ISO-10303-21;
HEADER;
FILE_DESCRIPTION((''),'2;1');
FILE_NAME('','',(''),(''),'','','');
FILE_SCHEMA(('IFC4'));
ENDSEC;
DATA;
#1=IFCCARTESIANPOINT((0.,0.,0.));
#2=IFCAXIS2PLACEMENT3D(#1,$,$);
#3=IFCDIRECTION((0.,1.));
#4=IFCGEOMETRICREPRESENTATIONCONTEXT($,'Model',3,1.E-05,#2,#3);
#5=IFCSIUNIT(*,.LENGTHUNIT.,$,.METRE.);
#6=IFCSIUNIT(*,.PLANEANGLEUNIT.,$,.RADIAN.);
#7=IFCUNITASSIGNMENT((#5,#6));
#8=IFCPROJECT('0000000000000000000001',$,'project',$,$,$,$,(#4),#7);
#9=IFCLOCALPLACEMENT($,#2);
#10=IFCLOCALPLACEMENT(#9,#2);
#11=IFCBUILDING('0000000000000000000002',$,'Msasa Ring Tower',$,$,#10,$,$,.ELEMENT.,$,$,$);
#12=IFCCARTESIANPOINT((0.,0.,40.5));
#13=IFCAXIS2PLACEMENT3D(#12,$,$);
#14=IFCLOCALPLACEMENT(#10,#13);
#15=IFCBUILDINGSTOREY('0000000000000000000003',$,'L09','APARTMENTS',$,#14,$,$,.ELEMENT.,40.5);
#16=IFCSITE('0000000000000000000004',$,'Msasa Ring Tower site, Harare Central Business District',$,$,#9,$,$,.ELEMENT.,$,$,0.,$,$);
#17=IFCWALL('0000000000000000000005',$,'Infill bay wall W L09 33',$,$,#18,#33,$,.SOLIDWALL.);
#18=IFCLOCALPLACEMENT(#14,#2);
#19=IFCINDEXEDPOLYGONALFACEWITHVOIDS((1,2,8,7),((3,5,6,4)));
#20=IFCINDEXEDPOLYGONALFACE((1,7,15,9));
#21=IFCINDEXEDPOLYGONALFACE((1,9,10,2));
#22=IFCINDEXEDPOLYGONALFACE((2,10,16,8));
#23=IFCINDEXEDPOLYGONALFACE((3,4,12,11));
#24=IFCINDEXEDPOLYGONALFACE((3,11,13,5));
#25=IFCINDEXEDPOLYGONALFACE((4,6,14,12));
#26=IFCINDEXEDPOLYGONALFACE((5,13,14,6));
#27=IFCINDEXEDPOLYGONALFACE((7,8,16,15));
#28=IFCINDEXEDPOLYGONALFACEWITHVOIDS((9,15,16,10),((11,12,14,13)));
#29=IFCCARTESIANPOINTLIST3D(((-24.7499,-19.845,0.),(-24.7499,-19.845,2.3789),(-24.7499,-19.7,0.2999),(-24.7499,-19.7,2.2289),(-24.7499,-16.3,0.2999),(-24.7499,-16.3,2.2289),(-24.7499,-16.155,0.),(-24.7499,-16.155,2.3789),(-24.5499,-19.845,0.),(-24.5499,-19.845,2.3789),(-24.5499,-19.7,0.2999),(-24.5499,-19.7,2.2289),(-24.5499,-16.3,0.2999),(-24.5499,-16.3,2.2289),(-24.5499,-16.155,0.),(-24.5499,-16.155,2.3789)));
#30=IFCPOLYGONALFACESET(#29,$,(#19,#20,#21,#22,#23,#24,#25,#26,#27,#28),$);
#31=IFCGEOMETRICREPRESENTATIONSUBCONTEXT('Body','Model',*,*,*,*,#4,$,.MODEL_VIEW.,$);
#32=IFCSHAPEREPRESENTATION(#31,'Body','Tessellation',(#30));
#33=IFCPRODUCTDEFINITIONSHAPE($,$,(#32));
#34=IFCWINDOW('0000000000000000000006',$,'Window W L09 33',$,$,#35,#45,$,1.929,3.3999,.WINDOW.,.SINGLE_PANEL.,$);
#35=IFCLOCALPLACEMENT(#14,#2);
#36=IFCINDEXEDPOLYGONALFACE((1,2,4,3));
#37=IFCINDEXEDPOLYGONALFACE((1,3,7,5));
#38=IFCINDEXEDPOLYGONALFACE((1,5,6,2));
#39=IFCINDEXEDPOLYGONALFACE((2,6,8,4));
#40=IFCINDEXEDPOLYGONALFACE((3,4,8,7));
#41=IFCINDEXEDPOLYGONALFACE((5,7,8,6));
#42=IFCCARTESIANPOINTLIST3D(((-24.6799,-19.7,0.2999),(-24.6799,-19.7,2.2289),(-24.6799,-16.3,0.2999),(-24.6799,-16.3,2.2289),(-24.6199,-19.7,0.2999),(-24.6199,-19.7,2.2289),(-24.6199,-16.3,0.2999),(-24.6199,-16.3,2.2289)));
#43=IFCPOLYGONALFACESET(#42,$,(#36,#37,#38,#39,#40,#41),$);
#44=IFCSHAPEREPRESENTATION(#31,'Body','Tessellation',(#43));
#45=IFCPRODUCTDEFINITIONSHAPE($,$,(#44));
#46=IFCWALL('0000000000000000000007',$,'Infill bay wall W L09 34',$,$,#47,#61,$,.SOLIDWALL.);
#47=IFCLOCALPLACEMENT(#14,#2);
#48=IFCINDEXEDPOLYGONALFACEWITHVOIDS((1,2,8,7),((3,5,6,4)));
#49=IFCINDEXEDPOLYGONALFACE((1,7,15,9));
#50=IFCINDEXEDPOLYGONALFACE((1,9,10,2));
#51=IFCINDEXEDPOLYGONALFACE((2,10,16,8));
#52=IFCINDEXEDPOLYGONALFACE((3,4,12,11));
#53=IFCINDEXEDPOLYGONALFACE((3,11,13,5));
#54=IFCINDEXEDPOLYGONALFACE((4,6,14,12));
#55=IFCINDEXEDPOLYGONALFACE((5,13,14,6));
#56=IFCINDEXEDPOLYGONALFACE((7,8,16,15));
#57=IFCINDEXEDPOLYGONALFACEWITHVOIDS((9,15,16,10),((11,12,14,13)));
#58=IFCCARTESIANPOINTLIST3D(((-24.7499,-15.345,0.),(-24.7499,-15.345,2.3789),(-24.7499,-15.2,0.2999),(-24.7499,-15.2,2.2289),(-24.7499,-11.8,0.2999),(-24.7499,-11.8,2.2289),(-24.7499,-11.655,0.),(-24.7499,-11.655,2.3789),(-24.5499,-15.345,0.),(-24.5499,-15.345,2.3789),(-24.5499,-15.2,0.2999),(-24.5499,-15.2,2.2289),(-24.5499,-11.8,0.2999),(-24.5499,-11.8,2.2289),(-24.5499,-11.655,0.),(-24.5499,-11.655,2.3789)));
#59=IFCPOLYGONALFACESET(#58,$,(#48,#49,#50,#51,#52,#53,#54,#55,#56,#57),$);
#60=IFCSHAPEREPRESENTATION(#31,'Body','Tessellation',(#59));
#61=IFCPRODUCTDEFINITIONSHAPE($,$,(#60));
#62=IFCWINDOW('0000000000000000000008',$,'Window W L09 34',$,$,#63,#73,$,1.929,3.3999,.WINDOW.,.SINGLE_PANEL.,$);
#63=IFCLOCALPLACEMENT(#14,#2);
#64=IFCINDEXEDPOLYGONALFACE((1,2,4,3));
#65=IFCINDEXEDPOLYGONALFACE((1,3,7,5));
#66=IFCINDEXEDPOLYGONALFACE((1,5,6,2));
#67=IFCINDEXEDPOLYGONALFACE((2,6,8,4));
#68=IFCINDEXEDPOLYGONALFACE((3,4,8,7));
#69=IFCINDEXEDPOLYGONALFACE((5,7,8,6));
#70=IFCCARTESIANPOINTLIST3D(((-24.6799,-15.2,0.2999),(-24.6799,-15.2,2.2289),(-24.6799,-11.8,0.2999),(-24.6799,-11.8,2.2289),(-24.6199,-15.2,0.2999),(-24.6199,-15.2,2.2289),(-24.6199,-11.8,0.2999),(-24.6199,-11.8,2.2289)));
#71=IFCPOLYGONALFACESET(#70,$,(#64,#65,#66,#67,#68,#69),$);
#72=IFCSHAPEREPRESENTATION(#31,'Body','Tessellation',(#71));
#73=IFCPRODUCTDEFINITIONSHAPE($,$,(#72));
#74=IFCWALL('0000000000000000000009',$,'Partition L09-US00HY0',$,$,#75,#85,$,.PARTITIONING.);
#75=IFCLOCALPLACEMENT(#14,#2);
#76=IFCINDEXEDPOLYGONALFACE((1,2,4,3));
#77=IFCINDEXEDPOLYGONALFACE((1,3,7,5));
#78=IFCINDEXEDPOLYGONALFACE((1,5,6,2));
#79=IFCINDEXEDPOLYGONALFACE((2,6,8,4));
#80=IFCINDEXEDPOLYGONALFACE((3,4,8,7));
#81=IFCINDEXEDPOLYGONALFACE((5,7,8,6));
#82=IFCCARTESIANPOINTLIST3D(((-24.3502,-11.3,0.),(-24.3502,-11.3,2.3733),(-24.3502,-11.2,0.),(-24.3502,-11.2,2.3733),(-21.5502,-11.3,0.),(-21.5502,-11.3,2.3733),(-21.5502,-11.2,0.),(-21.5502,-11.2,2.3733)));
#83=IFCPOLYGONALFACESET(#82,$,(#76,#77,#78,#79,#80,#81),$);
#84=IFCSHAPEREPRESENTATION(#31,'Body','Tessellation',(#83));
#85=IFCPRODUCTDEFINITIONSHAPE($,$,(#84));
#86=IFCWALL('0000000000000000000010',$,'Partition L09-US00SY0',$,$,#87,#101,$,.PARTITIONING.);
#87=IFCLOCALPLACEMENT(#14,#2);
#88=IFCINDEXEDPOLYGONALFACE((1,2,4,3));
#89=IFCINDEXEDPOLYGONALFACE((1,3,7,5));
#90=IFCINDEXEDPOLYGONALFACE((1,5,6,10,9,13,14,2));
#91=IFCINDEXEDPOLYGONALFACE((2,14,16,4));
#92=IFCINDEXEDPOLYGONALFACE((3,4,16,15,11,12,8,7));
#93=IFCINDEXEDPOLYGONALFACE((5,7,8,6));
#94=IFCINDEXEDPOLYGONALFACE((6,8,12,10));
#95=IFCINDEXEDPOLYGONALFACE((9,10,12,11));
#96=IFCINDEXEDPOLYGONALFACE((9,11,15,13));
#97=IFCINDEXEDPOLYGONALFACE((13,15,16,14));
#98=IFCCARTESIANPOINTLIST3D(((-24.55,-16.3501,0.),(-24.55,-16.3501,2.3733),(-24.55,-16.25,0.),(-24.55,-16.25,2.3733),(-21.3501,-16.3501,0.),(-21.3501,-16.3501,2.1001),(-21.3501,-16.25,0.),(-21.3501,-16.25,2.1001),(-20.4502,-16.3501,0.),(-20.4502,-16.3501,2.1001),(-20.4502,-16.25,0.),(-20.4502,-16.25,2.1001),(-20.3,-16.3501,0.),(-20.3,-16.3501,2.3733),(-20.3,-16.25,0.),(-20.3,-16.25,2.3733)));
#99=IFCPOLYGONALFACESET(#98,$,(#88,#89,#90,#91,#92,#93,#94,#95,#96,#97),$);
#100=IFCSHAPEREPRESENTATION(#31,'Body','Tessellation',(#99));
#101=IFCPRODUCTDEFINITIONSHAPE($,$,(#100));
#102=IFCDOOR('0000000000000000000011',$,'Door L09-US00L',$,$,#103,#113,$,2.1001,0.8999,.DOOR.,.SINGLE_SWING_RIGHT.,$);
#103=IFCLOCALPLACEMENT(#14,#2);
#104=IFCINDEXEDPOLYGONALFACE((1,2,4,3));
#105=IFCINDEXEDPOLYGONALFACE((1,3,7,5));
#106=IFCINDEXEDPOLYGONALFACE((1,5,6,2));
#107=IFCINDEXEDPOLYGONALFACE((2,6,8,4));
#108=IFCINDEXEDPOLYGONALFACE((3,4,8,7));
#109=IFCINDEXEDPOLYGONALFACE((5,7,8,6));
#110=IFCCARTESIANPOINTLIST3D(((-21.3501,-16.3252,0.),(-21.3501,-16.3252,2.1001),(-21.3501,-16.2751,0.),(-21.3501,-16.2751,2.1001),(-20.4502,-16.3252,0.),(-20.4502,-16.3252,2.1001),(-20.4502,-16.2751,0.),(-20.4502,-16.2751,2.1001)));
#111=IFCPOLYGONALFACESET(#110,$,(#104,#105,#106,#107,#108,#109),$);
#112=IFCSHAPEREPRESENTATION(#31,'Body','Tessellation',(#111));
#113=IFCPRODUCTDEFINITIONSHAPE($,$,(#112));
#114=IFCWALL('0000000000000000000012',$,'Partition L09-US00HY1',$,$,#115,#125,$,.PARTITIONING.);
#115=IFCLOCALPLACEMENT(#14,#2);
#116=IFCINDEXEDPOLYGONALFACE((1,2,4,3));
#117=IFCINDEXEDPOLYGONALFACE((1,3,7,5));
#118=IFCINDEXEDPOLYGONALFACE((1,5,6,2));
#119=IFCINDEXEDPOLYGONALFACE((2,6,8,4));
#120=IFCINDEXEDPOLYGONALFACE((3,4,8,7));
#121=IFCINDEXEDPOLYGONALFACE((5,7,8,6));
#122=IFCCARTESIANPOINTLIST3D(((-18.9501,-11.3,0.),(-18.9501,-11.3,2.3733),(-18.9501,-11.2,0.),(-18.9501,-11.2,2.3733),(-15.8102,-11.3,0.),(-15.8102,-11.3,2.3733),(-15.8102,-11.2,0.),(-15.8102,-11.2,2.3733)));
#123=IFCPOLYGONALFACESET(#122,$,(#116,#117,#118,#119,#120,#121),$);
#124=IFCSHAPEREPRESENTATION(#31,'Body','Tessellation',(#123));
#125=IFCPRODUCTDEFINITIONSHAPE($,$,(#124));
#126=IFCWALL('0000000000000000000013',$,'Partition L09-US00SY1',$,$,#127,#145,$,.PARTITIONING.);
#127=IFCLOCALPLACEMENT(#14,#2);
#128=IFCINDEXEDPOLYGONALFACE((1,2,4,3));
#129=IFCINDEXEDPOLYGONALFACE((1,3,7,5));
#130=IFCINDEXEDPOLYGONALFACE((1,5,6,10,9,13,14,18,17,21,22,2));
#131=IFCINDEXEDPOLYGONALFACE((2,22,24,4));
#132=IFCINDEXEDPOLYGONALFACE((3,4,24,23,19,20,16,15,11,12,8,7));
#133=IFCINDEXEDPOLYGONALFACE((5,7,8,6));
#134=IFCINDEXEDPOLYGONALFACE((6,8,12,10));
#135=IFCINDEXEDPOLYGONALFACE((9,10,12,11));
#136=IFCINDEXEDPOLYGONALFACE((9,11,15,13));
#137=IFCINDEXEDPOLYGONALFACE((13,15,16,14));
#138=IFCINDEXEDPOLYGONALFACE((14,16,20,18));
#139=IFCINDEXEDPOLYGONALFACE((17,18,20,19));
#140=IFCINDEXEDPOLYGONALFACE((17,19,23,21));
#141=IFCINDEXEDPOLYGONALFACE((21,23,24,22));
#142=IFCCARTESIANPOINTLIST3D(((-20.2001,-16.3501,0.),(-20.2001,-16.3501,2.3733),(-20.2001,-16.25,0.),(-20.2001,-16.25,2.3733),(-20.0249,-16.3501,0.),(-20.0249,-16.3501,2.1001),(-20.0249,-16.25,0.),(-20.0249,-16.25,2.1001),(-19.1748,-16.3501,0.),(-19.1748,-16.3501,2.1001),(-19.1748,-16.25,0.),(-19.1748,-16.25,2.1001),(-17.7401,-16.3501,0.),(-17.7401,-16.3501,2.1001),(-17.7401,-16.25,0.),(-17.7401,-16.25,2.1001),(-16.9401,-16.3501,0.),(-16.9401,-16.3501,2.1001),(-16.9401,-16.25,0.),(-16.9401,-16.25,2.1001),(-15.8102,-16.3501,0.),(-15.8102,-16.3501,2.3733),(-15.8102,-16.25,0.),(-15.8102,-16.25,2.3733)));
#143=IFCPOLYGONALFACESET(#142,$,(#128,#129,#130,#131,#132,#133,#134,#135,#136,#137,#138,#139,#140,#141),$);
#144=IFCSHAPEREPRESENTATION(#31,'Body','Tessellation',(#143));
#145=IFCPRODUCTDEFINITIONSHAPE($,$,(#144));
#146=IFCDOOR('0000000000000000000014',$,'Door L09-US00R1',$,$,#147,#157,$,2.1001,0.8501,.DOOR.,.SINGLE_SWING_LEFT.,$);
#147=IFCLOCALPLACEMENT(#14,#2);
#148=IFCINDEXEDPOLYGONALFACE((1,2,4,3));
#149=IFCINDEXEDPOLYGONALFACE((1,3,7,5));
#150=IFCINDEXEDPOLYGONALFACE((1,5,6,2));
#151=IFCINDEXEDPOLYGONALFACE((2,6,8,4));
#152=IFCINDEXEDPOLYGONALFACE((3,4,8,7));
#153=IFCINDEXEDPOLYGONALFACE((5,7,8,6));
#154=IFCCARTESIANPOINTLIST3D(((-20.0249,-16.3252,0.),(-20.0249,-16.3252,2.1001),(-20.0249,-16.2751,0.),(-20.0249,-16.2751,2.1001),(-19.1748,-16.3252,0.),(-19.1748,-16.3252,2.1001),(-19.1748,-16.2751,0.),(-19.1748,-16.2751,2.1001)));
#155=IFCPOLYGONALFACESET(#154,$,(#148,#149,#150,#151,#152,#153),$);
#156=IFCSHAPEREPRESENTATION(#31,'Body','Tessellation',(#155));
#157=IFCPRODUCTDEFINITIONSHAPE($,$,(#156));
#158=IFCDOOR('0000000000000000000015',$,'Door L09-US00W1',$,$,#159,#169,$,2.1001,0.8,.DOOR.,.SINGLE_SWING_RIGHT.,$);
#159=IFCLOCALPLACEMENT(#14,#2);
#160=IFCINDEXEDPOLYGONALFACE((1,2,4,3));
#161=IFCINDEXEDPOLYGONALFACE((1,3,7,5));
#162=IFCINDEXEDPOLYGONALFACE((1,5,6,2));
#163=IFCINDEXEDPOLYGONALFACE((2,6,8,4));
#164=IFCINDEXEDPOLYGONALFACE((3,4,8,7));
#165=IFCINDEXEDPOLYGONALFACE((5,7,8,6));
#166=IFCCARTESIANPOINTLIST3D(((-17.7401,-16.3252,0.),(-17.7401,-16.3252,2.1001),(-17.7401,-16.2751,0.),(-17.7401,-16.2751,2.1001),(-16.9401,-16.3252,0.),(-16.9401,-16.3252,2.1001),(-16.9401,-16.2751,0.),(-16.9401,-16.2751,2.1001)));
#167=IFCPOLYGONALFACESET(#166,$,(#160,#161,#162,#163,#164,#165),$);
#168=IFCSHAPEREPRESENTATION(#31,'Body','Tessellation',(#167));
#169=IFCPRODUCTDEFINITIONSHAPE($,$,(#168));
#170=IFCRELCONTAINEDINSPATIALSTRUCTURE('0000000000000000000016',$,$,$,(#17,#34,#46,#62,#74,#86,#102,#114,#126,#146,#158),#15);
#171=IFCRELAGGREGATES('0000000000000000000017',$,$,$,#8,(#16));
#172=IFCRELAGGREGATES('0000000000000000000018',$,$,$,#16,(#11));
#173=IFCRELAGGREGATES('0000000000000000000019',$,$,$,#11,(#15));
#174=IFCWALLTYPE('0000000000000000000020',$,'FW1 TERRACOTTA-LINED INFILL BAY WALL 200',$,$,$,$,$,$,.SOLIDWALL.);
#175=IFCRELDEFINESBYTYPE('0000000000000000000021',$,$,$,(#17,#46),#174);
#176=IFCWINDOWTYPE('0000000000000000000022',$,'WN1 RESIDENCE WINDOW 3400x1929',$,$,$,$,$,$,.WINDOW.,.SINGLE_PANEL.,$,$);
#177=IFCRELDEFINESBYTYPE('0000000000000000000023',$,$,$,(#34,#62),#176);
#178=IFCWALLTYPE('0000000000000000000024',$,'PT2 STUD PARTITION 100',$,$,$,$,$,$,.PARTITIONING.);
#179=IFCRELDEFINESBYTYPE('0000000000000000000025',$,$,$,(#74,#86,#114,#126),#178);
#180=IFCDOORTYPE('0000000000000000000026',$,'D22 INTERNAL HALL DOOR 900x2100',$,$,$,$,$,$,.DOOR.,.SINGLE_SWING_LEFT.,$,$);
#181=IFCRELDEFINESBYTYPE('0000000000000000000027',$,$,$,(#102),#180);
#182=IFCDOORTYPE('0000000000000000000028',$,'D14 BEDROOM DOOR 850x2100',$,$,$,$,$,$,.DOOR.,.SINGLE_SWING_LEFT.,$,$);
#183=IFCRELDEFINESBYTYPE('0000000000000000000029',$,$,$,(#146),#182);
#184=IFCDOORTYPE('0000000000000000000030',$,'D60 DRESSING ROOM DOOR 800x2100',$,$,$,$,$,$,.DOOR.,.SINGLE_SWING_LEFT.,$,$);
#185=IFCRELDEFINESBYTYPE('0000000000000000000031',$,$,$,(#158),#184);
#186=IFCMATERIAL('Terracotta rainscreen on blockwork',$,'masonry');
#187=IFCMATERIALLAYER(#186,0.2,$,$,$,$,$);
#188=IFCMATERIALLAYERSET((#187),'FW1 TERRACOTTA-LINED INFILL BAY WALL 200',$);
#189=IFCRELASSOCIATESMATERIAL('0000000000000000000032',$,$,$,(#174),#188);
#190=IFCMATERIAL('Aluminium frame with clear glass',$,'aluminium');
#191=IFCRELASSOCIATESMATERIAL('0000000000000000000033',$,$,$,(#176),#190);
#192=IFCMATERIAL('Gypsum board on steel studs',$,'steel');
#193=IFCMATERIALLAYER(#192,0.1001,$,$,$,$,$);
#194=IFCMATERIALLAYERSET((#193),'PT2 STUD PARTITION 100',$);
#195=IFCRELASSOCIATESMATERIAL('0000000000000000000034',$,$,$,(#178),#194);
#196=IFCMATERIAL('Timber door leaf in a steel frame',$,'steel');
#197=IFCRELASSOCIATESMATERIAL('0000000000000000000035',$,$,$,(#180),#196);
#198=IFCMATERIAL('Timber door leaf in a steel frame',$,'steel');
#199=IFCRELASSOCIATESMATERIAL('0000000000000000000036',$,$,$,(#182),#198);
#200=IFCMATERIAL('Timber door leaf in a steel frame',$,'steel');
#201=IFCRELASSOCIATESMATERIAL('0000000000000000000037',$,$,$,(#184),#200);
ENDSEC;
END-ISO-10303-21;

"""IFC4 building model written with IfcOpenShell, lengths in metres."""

from ifc_helpers import new_model, si_unit, direction, frame, frame_2d, origin, place, context, subcontext, project, spatial, rectangle, extrude, material, layer, layer_set, type_object, element, fill, save


model = new_model("IFC4")

# Units and contexts
model_context = context("Model", 3, precision=1e-05, world=origin(), true_north=direction((0.0, 1.0)))
body_context = subcontext(model_context, "Body", "Model", "MODEL_VIEW")
ifc_project = project(units=[si_unit("LENGTHUNIT", "METRE"), si_unit("PLANEANGLEUNIT", "RADIAN")], contexts=[model_context])

# Site, building, storey
site_placement = place(None, origin())
site = spatial("IfcSite", under=ifc_project, at=site_placement, Name="Msasa Ring Tower site, Harare Central Business District", CompositionType="ELEMENT", RefElevation=0.0)
building_placement = place(site_placement, origin())
building = spatial("IfcBuilding", under=site, at=building_placement, Name="Msasa Ring Tower", CompositionType="ELEMENT")
storey_placement = place(building_placement, frame((0.0, 0.0, 40.5)))
storey = spatial("IfcBuildingStorey", under=building, at=storey_placement, Name="L09", Description="APARTMENTS", CompositionType="ELEMENT", Elevation=40.5)

# Walls, openings, windows
ifc_material_1 = material(Name="Terracotta rainscreen on blockwork", Category="masonry")
ifc_layer_1 = layer(ifc_material_1, 0.2)
ifc_layer_set_1 = layer_set([ifc_layer_1], Name="FW1 TERRACOTTA-LINED INFILL BAY WALL 200")
wall_type_1 = type_object("IfcWallType", Name="FW1 TERRACOTTA-LINED INFILL BAY WALL 200", PredefinedType="SOLIDWALL", material=ifc_layer_set_1)
wall_1_placement = place(storey_placement, frame((-24.6499, -19.845, 0.0), z_axis=(0.0, 0.0, 1.0), x_axis=(0.0, 1.0, 0.0)))
wall_1 = element("IfcWall", 1, at=wall_1_placement, inside=storey, type_object=wall_type_1, Name="Infill bay wall W L09 33", PredefinedType="SOLIDWALL", context=body_context, shape_type="SweptSolid", body=[
    extrude(rectangle(XDim=3.6899, YDim=0.2, at=frame_2d((1.845, 0.0))), origin(), (0.0, 0.0, 1.0), 2.3789),
])
opening_1_placement = place(wall_1_placement, frame((0.145, 0.0, 0.3)))
opening_1 = element("IfcOpeningElement", 2, at=opening_1_placement, cuts=wall_1, PredefinedType="OPENING", context=body_context, shape_type="SweptSolid", body=[
    extrude(rectangle(XDim=3.3999, YDim=1.929, at=frame_2d((1.7, 0.9644))), frame((0.0, 0.1099, 0.0), z_axis=(0.0, -1.0, 0.0), x_axis=(1.0, 0.0, 0.0)), (0.0, 0.0, 1.0), 0.22),
])
ifc_material_2 = material(Name="Aluminium frame with clear glass", Category="aluminium")
window_type = type_object("IfcWindowType", Name="WN1 RESIDENCE WINDOW 3400x1929", PartitioningType="SINGLE_PANEL", PredefinedType="WINDOW", material=ifc_material_2)
window_1_placement = place(opening_1_placement, origin())
window_1 = element("IfcWindow", 3, at=window_1_placement, inside=storey, type_object=window_type, Name="Window W L09 33", OverallHeight=1.929, OverallWidth=3.3999, PartitioningType="SINGLE_PANEL", PredefinedType="WINDOW", context=body_context, shape_type="SweptSolid", body=[
    extrude(rectangle(XDim=3.3999, YDim=1.929, at=frame_2d((1.7, 0.9644))), frame((0.0, 0.03, 0.0), z_axis=(0.0, -1.0, 0.0), x_axis=(1.0, 0.0, 0.0)), (0.0, 0.0, 1.0), 0.0601),
])
fill(opening_1, window_1)
wall_2_placement = place(storey_placement, frame((-24.6499, -15.345, 0.0), z_axis=(0.0, 0.0, 1.0), x_axis=(0.0, 1.0, 0.0)))
wall_2 = element("IfcWall", 4, at=wall_2_placement, inside=storey, type_object=wall_type_1, Name="Infill bay wall W L09 34", PredefinedType="SOLIDWALL", context=body_context, shape_type="SweptSolid", body=[
    extrude(rectangle(XDim=3.6899, YDim=0.2, at=frame_2d((1.845, 0.0))), origin(), (0.0, 0.0, 1.0), 2.3789),
])
opening_2_placement = place(wall_2_placement, frame((0.145, 0.0, 0.3)))
opening_2 = element("IfcOpeningElement", 5, at=opening_2_placement, cuts=wall_2, PredefinedType="OPENING", context=body_context, shape_type="SweptSolid", body=[
    extrude(rectangle(XDim=3.3999, YDim=1.929, at=frame_2d((1.7, 0.9644))), frame((0.0, 0.1099, 0.0), z_axis=(0.0, -1.0, 0.0), x_axis=(1.0, 0.0, 0.0)), (0.0, 0.0, 1.0), 0.22),
])
window_2_placement = place(opening_2_placement, origin())
window_2 = element("IfcWindow", 6, at=window_2_placement, inside=storey, type_object=window_type, Name="Window W L09 34", OverallHeight=1.929, OverallWidth=3.3999, PartitioningType="SINGLE_PANEL", PredefinedType="WINDOW", context=body_context, shape_type="SweptSolid", body=[
    extrude(rectangle(XDim=3.3999, YDim=1.929, at=frame_2d((1.7, 0.9644))), frame((0.0, 0.03, 0.0), z_axis=(0.0, -1.0, 0.0), x_axis=(1.0, 0.0, 0.0)), (0.0, 0.0, 1.0), 0.0601),
])
fill(opening_2, window_2)

# Wall
ifc_material_3 = material(Name="Gypsum board on steel studs", Category="steel")
ifc_layer_2 = layer(ifc_material_3, 0.1001)
ifc_layer_set_2 = layer_set([ifc_layer_2], Name="PT2 STUD PARTITION 100")
wall_type_2 = type_object("IfcWallType", Name="PT2 STUD PARTITION 100", PredefinedType="PARTITIONING", material=ifc_layer_set_2)
wall_3_placement = place(storey_placement, frame((-24.3501, -11.25, 0.0), z_axis=(0.0, 0.0, 1.0), x_axis=(1.0, 0.0, 0.0)))
element("IfcWall", 7, at=wall_3_placement, inside=storey, type_object=wall_type_2, Name="Partition L09-US00HY0", PredefinedType="PARTITIONING", context=body_context, shape_type="SweptSolid", body=[
    extrude(rectangle(XDim=2.8, YDim=0.1001, at=frame_2d((1.3999, 0.0))), origin(), (0.0, 0.0, 1.0), 2.3733),
])

# Wall, opening, door
wall_4_placement = place(storey_placement, frame((-24.55, -16.3, 0.0), z_axis=(0.0, 0.0, 1.0), x_axis=(1.0, 0.0, 0.0)))
wall_4 = element("IfcWall", 8, at=wall_4_placement, inside=storey, type_object=wall_type_2, Name="Partition L09-US00SY0", PredefinedType="PARTITIONING", context=body_context, shape_type="SweptSolid", body=[
    extrude(rectangle(XDim=4.25, YDim=0.1001, at=frame_2d((2.125, 0.0))), origin(), (0.0, 0.0, 1.0), 2.3733),
])
opening_3_placement = place(wall_4_placement, frame((3.2, 0.0, 0.0)))
opening_3 = element("IfcOpeningElement", 9, at=opening_3_placement, cuts=wall_4, PredefinedType="OPENING", context=body_context, shape_type="SweptSolid", body=[
    extrude(rectangle(XDim=0.8999, YDim=2.1001, at=frame_2d((0.45, 1.05))), frame((0.0, 0.0601, 0.0), z_axis=(0.0, -1.0, 0.0), x_axis=(1.0, 0.0, 0.0)), (0.0, 0.0, 1.0), 0.1201),
])
ifc_material_4 = material(Name="Timber door leaf in a steel frame", Category="steel")
door_type_1 = type_object("IfcDoorType", Name="D22 INTERNAL HALL DOOR 900x2100", OperationType="SINGLE_SWING_LEFT", PredefinedType="DOOR", material=ifc_material_4)
door_1_placement = place(opening_3_placement, origin())
door_1 = element("IfcDoor", 10, at=door_1_placement, inside=storey, type_object=door_type_1, Name="Door L09-US00L", OperationType="SINGLE_SWING_RIGHT", OverallHeight=2.1001, OverallWidth=0.8999, PredefinedType="DOOR", context=body_context, shape_type="SweptSolid", body=[
    extrude(rectangle(XDim=0.8999, YDim=2.1001, at=frame_2d((0.45, 1.05))), frame((0.0, 0.0249, 0.0), z_axis=(0.0, -1.0, 0.0), x_axis=(1.0, 0.0, 0.0)), (0.0, 0.0, 1.0), 0.05),
])
fill(opening_3, door_1)

# Wall
wall_5_placement = place(storey_placement, frame((-18.95, -11.25, 0.0), z_axis=(0.0, 0.0, 1.0), x_axis=(1.0, 0.0, 0.0)))
element("IfcWall", 11, at=wall_5_placement, inside=storey, type_object=wall_type_2, Name="Partition L09-US00HY1", PredefinedType="PARTITIONING", context=body_context, shape_type="SweptSolid", body=[
    extrude(rectangle(XDim=3.1399, YDim=0.1001, at=frame_2d((1.5698, 0.0))), origin(), (0.0, 0.0, 1.0), 2.3733),
])

# Wall, openings, doors
wall_6_placement = place(storey_placement, frame((-20.2, -16.3, 0.0), z_axis=(0.0, 0.0, 1.0), x_axis=(1.0, 0.0, 0.0)))
wall_6 = element("IfcWall", 12, at=wall_6_placement, inside=storey, type_object=wall_type_2, Name="Partition L09-US00SY1", PredefinedType="PARTITIONING", context=body_context, shape_type="SweptSolid", body=[
    extrude(rectangle(XDim=4.3899, YDim=0.1001, at=frame_2d((2.1948, 0.0))), origin(), (0.0, 0.0, 1.0), 2.3733),
])
opening_4_placement = place(wall_6_placement, frame((0.175, 0.0, 0.0)))
opening_4 = element("IfcOpeningElement", 13, at=opening_4_placement, cuts=wall_6, PredefinedType="OPENING", context=body_context, shape_type="SweptSolid", body=[
    extrude(rectangle(XDim=0.8501, YDim=2.1001, at=frame_2d((0.425, 1.05))), frame((0.0, 0.0601, 0.0), z_axis=(0.0, -1.0, 0.0), x_axis=(1.0, 0.0, 0.0)), (0.0, 0.0, 1.0), 0.1201),
])
opening_5_placement = place(wall_6_placement, frame((2.46, 0.0, 0.0)))
opening_5 = element("IfcOpeningElement", 14, at=opening_5_placement, cuts=wall_6, PredefinedType="OPENING", context=body_context, shape_type="SweptSolid", body=[
    extrude(rectangle(XDim=0.8, YDim=2.1001, at=frame_2d((0.3999, 1.05))), frame((0.0, 0.0601, 0.0), z_axis=(0.0, -1.0, 0.0), x_axis=(1.0, 0.0, 0.0)), (0.0, 0.0, 1.0), 0.1201),
])
ifc_material_5 = material(Name="Timber door leaf in a steel frame", Category="steel")
door_type_2 = type_object("IfcDoorType", Name="D14 BEDROOM DOOR 850x2100", OperationType="SINGLE_SWING_LEFT", PredefinedType="DOOR", material=ifc_material_5)
door_2_placement = place(opening_4_placement, origin())
door_2 = element("IfcDoor", 15, at=door_2_placement, inside=storey, type_object=door_type_2, Name="Door L09-US00R1", OperationType="SINGLE_SWING_LEFT", OverallHeight=2.1001, OverallWidth=0.8501, PredefinedType="DOOR", context=body_context, shape_type="SweptSolid", body=[
    extrude(rectangle(XDim=0.8501, YDim=2.1001, at=frame_2d((0.425, 1.05))), frame((0.0, 0.0249, 0.0), z_axis=(0.0, -1.0, 0.0), x_axis=(1.0, 0.0, 0.0)), (0.0, 0.0, 1.0), 0.05),
])
fill(opening_4, door_2)
ifc_material_6 = material(Name="Timber door leaf in a steel frame", Category="steel")
door_type_3 = type_object("IfcDoorType", Name="D60 DRESSING ROOM DOOR 800x2100", OperationType="SINGLE_SWING_LEFT", PredefinedType="DOOR", material=ifc_material_6)
door_3_placement = place(opening_5_placement, origin())
door_3 = element("IfcDoor", 16, at=door_3_placement, inside=storey, type_object=door_type_3, Name="Door L09-US00W1", OperationType="SINGLE_SWING_RIGHT", OverallHeight=2.1001, OverallWidth=0.8, PredefinedType="DOOR", context=body_context, shape_type="SweptSolid", body=[
    extrude(rectangle(XDim=0.8, YDim=2.1001, at=frame_2d((0.3999, 1.05))), frame((0.0, 0.0249, 0.0), z_axis=(0.0, -1.0, 0.0), x_axis=(1.0, 0.0, 0.0)), (0.0, 0.0, 1.0), 0.05),
])
fill(opening_5, door_3)

save(model, "model.ifc")
